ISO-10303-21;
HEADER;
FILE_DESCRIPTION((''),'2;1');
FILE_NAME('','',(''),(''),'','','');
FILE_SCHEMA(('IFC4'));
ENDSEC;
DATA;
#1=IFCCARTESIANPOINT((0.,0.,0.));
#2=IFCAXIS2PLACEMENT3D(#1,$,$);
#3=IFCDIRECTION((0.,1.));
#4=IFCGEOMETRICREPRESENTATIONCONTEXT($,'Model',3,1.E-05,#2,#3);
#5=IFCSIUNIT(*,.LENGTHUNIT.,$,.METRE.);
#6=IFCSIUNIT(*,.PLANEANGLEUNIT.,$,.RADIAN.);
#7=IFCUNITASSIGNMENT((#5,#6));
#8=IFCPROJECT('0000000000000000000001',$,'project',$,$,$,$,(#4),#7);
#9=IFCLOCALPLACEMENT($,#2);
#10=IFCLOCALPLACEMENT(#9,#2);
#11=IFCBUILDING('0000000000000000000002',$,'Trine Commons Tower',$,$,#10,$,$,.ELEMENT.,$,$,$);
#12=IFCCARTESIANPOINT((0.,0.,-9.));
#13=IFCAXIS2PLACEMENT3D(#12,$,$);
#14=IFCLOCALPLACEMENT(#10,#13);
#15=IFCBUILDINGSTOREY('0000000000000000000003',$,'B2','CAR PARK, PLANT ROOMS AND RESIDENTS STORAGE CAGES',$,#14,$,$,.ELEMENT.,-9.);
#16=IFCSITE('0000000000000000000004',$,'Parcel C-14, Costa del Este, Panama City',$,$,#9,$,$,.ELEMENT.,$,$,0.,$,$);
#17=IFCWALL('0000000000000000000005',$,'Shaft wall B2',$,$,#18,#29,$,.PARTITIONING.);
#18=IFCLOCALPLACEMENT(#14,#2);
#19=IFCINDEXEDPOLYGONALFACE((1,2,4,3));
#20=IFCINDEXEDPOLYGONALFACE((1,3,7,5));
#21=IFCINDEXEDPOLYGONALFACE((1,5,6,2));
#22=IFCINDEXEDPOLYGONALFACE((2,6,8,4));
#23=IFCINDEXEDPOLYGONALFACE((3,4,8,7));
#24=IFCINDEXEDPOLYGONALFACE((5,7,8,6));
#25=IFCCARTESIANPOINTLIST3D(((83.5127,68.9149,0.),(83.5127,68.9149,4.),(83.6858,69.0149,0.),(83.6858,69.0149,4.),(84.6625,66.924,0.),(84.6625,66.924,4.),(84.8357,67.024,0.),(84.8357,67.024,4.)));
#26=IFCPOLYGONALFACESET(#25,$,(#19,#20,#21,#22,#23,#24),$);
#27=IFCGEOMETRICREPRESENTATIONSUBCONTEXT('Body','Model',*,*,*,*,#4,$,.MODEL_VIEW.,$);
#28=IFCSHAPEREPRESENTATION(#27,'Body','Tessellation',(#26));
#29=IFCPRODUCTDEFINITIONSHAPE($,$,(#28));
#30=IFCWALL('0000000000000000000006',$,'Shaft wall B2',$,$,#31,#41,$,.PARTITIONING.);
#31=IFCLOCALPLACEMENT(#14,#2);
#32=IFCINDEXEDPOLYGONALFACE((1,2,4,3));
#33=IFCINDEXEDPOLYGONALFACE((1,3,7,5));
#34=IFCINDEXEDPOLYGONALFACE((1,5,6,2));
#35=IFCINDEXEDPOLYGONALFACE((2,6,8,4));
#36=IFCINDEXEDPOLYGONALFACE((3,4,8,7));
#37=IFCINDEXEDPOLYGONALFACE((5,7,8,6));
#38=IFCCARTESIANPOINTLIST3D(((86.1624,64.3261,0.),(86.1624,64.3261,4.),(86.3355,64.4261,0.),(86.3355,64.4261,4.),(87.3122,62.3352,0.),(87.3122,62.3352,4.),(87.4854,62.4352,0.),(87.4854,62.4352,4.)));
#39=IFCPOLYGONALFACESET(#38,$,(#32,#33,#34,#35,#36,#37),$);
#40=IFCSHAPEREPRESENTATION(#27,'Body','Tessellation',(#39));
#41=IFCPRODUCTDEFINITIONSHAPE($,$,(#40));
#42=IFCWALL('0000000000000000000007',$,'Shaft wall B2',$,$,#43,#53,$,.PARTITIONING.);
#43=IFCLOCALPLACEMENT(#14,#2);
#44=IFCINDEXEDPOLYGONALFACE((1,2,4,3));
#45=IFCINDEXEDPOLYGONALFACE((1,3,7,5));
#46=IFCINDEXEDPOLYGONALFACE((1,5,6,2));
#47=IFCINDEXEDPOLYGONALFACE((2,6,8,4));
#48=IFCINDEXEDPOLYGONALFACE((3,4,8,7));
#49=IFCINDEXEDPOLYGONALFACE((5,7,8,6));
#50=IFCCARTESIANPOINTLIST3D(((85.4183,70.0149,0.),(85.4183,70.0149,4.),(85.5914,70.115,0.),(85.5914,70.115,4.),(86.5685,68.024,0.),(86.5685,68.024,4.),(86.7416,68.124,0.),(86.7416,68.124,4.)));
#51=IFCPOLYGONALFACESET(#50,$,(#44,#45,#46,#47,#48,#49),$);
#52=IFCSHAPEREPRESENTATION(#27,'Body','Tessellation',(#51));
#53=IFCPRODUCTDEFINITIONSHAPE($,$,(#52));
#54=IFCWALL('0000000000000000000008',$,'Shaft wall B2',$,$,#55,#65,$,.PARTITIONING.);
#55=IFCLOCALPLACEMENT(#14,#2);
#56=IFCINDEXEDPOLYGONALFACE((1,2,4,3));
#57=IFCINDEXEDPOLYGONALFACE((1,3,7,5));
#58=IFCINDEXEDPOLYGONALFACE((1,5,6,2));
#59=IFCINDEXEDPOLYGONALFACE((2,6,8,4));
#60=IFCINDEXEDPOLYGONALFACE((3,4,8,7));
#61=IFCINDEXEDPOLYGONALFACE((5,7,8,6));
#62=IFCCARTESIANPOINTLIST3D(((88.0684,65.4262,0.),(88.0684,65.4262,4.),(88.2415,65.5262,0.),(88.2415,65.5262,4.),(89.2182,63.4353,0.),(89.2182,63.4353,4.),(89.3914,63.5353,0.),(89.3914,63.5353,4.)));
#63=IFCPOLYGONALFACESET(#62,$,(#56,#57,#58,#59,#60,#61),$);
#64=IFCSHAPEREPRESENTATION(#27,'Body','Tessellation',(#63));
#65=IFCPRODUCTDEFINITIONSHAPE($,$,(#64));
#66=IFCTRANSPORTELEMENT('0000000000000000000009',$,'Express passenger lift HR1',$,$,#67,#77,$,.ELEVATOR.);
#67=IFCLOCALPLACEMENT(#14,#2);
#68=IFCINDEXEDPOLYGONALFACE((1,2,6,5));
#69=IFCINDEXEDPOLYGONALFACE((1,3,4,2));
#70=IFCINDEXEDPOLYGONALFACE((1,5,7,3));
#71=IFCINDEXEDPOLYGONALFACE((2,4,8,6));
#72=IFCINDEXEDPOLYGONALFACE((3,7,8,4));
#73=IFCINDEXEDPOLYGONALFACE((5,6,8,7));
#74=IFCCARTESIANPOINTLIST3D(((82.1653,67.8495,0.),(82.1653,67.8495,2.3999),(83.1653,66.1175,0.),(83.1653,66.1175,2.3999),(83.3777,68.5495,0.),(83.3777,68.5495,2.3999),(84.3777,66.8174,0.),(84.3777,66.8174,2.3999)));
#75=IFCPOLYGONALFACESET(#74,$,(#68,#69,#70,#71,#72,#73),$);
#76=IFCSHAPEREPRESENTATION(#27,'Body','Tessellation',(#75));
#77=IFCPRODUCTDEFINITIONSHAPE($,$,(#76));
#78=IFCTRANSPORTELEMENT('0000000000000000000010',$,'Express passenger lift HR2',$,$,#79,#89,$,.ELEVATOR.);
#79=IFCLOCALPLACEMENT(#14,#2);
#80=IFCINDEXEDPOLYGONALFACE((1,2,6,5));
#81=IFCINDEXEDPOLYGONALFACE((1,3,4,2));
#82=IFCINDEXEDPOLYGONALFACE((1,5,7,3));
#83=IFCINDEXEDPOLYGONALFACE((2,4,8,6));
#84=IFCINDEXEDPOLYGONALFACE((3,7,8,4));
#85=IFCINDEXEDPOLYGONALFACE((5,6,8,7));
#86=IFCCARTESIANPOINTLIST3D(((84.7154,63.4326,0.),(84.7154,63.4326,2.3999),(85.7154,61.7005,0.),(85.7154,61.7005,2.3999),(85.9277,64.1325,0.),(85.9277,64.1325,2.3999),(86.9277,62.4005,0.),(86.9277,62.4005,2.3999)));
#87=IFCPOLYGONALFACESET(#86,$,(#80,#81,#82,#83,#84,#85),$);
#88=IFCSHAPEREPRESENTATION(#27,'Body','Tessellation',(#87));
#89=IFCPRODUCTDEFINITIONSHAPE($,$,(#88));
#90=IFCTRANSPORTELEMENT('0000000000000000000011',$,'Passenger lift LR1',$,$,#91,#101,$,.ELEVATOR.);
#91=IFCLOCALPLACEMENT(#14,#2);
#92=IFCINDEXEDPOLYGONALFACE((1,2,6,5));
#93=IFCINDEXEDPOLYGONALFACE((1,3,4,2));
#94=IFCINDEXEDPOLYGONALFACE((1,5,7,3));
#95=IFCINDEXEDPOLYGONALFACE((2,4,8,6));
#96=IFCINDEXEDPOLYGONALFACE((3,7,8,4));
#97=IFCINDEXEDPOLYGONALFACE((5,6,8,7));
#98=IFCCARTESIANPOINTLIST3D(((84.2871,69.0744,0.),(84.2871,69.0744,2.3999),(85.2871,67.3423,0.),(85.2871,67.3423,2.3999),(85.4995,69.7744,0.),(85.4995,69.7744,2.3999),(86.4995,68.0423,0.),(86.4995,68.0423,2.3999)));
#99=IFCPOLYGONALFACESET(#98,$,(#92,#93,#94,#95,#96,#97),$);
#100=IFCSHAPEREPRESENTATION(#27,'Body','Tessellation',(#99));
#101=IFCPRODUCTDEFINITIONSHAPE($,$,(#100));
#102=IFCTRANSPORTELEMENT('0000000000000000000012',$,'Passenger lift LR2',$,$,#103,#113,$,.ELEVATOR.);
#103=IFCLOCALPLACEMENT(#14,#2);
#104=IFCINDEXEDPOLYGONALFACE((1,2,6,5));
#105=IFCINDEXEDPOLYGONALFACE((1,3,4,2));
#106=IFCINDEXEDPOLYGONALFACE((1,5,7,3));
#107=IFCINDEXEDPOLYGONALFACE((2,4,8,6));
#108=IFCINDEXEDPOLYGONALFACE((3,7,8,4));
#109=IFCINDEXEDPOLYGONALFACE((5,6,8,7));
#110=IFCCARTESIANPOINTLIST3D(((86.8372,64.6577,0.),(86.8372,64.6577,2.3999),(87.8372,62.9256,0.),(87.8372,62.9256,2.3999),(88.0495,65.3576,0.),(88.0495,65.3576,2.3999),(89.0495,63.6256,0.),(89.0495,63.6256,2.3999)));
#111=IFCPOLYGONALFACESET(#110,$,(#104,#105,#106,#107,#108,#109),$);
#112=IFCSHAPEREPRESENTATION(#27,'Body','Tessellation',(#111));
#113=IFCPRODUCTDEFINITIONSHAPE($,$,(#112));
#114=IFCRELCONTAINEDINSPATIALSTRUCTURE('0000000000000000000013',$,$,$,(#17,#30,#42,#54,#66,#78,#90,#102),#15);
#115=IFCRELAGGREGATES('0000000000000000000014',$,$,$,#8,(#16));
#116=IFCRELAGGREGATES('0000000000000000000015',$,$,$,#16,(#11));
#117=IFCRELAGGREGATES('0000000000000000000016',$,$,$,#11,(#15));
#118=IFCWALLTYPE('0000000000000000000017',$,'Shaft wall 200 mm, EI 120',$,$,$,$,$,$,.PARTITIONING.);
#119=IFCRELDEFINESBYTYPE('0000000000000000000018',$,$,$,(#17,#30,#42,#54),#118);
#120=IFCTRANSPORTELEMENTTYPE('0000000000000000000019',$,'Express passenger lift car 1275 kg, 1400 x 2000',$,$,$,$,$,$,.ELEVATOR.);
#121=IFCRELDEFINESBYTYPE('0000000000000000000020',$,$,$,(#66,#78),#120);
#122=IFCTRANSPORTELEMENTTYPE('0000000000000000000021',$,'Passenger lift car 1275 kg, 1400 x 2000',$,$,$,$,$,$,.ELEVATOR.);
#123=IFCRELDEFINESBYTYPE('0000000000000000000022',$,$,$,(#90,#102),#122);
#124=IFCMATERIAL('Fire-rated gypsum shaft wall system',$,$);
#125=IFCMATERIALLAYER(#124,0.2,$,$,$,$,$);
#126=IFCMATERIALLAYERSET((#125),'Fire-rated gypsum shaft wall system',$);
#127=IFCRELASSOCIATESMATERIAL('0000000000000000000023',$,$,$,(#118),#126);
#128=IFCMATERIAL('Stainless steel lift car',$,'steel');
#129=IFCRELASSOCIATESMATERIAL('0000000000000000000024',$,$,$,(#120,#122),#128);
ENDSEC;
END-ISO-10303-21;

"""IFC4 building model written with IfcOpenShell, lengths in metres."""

from ifc_helpers import new_model, si_unit, direction, frame, frame_2d, origin, origin_2d, place, context, subcontext, project, spatial, rectangle, extrude, material, layer, layer_set, type_object, element, save


model = new_model("IFC4")

# Units and contexts
model_context = context("Model", 3, precision=1e-05, world=origin(), true_north=direction((0.0, 1.0)))
body_context = subcontext(model_context, "Body", "Model", "MODEL_VIEW")
ifc_project = project(units=[si_unit("LENGTHUNIT", "METRE"), si_unit("PLANEANGLEUNIT", "RADIAN")], contexts=[model_context])

# Site, building, storey
site_placement = place(None, origin())
site = spatial("IfcSite", under=ifc_project, at=site_placement, Name="Parcel C-14, Costa del Este, Panama City", CompositionType="ELEMENT", RefElevation=0.0)
building_placement = place(site_placement, origin())
building = spatial("IfcBuilding", under=site, at=building_placement, Name="Trine Commons Tower", CompositionType="ELEMENT")
storey_placement = place(building_placement, frame((0.0, 0.0, -9.0)))
storey = spatial("IfcBuildingStorey", under=building, at=storey_placement, Name="B2", Description="CAR PARK, PLANT ROOMS AND RESIDENTS STORAGE CAGES", CompositionType="ELEMENT", Elevation=-9.0)

# Shared definitions
ifc_material_1 = material(Name="Fire-rated gypsum shaft wall system")

# Walls
ifc_layer_1 = layer(ifc_material_1, 0.2)
ifc_layer_set_1 = layer_set([ifc_layer_1], Name="Fire-rated gypsum shaft wall system")
wall_type_1 = type_object("IfcWallType", Name="Shaft wall 200 mm, EI 120", PredefinedType="PARTITIONING", material=ifc_layer_set_1)
for number, where, z_axis, x_axis, name in (
    (1, (84.749, 66.9741, 0.0), (0.0, 0.0, 1.0), (-0.500136, 0.865947, 0.0), "Shaft wall B2"),
    (2, (86.249, 64.376, 0.0), (0.0, 0.0, 1.0), (0.500136, -0.865947, 0.0), "Shaft wall B2"),
):
    element("IfcWall", number, at=place(storey_placement, frame(where, z_axis=z_axis, x_axis=x_axis)), inside=storey, type_object=wall_type_1, Name=name, PredefinedType="PARTITIONING", context=body_context, shape_type="SweptSolid", body=[
        extrude(rectangle(XDim=2.2991, YDim=0.2, at=frame_2d((1.1494, 0.0))), origin(), (0.0, 0.0, 1.0), 4.0),
    ])
wall_1_placement = place(storey_placement, frame((86.655, 68.074, 0.0), z_axis=(0.0, 0.0, 1.0), x_axis=(-0.500216, 0.865901, 0.0)))
element("IfcWall", 3, at=wall_1_placement, inside=storey, type_object=wall_type_1, Name="Shaft wall B2", PredefinedType="PARTITIONING", context=body_context, shape_type="SweptSolid", body=[
    extrude(rectangle(XDim=2.2993, YDim=0.2, at=frame_2d((1.1497, 0.0))), origin(), (0.0, 0.0, 1.0), 4.0),
])
wall_2_placement = place(storey_placement, frame((88.155, 65.4761, 0.0), z_axis=(0.0, 0.0, 1.0), x_axis=(0.500136, -0.865947, 0.0)))
element("IfcWall", 4, at=wall_2_placement, inside=storey, type_object=wall_type_1, Name="Shaft wall B2", PredefinedType="PARTITIONING", context=body_context, shape_type="SweptSolid", body=[
    extrude(rectangle(XDim=2.2991, YDim=0.2, at=frame_2d((1.1494, 0.0))), origin(), (0.0, 0.0, 1.0), 4.0),
])

# Transport elements
ifc_material_2 = material(Name="Stainless steel lift car", Category="steel")
transport_element_type_1 = type_object("IfcTransportElementType", Name="Express passenger lift car 1275 kg, 1400 x 2000", PredefinedType="ELEVATOR", material=ifc_material_2)
for number, where, z_axis, x_axis, name in (
    (5, (83.2715, 67.3335, 0.0), (0.0, 0.0, 1.0), (0.866025, 0.5, 0.0), "Express passenger lift HR1"),
    (6, (85.8215, 62.9165, 0.0), (0.0, 0.0, 1.0), (0.866025, 0.5, 0.0), "Express passenger lift HR2"),
):
    element("IfcTransportElement", number, at=place(storey_placement, frame(where, z_axis=z_axis, x_axis=x_axis)), inside=storey, type_object=transport_element_type_1, Name=name, PredefinedType="ELEVATOR", context=body_context, shape_type="SweptSolid", body=[
        extrude(rectangle(XDim=1.3999, YDim=2.0, at=origin_2d()), origin(), (0.0, 0.0, 1.0), 2.3999),
    ])
transport_element_type_2 = type_object("IfcTransportElementType", Name="Passenger lift car 1275 kg, 1400 x 2000", PredefinedType="ELEVATOR", material=ifc_material_2)
for number, where, z_axis, x_axis, name in (
    (7, (85.3933, 68.5583, 0.0), (0.0, 0.0, 1.0), (0.866025, 0.5, 0.0), "Passenger lift LR1"),
    (8, (87.9434, 64.1416, 0.0), (0.0, 0.0, 1.0), (0.866025, 0.5, 0.0), "Passenger lift LR2"),
):
    element("IfcTransportElement", number, at=place(storey_placement, frame(where, z_axis=z_axis, x_axis=x_axis)), inside=storey, type_object=transport_element_type_2, Name=name, PredefinedType="ELEVATOR", context=body_context, shape_type="SweptSolid", body=[
        extrude(rectangle(XDim=1.3999, YDim=2.0, at=origin_2d()), origin(), (0.0, 0.0, 1.0), 2.3999),
    ])

save(model, "model.ifc")
